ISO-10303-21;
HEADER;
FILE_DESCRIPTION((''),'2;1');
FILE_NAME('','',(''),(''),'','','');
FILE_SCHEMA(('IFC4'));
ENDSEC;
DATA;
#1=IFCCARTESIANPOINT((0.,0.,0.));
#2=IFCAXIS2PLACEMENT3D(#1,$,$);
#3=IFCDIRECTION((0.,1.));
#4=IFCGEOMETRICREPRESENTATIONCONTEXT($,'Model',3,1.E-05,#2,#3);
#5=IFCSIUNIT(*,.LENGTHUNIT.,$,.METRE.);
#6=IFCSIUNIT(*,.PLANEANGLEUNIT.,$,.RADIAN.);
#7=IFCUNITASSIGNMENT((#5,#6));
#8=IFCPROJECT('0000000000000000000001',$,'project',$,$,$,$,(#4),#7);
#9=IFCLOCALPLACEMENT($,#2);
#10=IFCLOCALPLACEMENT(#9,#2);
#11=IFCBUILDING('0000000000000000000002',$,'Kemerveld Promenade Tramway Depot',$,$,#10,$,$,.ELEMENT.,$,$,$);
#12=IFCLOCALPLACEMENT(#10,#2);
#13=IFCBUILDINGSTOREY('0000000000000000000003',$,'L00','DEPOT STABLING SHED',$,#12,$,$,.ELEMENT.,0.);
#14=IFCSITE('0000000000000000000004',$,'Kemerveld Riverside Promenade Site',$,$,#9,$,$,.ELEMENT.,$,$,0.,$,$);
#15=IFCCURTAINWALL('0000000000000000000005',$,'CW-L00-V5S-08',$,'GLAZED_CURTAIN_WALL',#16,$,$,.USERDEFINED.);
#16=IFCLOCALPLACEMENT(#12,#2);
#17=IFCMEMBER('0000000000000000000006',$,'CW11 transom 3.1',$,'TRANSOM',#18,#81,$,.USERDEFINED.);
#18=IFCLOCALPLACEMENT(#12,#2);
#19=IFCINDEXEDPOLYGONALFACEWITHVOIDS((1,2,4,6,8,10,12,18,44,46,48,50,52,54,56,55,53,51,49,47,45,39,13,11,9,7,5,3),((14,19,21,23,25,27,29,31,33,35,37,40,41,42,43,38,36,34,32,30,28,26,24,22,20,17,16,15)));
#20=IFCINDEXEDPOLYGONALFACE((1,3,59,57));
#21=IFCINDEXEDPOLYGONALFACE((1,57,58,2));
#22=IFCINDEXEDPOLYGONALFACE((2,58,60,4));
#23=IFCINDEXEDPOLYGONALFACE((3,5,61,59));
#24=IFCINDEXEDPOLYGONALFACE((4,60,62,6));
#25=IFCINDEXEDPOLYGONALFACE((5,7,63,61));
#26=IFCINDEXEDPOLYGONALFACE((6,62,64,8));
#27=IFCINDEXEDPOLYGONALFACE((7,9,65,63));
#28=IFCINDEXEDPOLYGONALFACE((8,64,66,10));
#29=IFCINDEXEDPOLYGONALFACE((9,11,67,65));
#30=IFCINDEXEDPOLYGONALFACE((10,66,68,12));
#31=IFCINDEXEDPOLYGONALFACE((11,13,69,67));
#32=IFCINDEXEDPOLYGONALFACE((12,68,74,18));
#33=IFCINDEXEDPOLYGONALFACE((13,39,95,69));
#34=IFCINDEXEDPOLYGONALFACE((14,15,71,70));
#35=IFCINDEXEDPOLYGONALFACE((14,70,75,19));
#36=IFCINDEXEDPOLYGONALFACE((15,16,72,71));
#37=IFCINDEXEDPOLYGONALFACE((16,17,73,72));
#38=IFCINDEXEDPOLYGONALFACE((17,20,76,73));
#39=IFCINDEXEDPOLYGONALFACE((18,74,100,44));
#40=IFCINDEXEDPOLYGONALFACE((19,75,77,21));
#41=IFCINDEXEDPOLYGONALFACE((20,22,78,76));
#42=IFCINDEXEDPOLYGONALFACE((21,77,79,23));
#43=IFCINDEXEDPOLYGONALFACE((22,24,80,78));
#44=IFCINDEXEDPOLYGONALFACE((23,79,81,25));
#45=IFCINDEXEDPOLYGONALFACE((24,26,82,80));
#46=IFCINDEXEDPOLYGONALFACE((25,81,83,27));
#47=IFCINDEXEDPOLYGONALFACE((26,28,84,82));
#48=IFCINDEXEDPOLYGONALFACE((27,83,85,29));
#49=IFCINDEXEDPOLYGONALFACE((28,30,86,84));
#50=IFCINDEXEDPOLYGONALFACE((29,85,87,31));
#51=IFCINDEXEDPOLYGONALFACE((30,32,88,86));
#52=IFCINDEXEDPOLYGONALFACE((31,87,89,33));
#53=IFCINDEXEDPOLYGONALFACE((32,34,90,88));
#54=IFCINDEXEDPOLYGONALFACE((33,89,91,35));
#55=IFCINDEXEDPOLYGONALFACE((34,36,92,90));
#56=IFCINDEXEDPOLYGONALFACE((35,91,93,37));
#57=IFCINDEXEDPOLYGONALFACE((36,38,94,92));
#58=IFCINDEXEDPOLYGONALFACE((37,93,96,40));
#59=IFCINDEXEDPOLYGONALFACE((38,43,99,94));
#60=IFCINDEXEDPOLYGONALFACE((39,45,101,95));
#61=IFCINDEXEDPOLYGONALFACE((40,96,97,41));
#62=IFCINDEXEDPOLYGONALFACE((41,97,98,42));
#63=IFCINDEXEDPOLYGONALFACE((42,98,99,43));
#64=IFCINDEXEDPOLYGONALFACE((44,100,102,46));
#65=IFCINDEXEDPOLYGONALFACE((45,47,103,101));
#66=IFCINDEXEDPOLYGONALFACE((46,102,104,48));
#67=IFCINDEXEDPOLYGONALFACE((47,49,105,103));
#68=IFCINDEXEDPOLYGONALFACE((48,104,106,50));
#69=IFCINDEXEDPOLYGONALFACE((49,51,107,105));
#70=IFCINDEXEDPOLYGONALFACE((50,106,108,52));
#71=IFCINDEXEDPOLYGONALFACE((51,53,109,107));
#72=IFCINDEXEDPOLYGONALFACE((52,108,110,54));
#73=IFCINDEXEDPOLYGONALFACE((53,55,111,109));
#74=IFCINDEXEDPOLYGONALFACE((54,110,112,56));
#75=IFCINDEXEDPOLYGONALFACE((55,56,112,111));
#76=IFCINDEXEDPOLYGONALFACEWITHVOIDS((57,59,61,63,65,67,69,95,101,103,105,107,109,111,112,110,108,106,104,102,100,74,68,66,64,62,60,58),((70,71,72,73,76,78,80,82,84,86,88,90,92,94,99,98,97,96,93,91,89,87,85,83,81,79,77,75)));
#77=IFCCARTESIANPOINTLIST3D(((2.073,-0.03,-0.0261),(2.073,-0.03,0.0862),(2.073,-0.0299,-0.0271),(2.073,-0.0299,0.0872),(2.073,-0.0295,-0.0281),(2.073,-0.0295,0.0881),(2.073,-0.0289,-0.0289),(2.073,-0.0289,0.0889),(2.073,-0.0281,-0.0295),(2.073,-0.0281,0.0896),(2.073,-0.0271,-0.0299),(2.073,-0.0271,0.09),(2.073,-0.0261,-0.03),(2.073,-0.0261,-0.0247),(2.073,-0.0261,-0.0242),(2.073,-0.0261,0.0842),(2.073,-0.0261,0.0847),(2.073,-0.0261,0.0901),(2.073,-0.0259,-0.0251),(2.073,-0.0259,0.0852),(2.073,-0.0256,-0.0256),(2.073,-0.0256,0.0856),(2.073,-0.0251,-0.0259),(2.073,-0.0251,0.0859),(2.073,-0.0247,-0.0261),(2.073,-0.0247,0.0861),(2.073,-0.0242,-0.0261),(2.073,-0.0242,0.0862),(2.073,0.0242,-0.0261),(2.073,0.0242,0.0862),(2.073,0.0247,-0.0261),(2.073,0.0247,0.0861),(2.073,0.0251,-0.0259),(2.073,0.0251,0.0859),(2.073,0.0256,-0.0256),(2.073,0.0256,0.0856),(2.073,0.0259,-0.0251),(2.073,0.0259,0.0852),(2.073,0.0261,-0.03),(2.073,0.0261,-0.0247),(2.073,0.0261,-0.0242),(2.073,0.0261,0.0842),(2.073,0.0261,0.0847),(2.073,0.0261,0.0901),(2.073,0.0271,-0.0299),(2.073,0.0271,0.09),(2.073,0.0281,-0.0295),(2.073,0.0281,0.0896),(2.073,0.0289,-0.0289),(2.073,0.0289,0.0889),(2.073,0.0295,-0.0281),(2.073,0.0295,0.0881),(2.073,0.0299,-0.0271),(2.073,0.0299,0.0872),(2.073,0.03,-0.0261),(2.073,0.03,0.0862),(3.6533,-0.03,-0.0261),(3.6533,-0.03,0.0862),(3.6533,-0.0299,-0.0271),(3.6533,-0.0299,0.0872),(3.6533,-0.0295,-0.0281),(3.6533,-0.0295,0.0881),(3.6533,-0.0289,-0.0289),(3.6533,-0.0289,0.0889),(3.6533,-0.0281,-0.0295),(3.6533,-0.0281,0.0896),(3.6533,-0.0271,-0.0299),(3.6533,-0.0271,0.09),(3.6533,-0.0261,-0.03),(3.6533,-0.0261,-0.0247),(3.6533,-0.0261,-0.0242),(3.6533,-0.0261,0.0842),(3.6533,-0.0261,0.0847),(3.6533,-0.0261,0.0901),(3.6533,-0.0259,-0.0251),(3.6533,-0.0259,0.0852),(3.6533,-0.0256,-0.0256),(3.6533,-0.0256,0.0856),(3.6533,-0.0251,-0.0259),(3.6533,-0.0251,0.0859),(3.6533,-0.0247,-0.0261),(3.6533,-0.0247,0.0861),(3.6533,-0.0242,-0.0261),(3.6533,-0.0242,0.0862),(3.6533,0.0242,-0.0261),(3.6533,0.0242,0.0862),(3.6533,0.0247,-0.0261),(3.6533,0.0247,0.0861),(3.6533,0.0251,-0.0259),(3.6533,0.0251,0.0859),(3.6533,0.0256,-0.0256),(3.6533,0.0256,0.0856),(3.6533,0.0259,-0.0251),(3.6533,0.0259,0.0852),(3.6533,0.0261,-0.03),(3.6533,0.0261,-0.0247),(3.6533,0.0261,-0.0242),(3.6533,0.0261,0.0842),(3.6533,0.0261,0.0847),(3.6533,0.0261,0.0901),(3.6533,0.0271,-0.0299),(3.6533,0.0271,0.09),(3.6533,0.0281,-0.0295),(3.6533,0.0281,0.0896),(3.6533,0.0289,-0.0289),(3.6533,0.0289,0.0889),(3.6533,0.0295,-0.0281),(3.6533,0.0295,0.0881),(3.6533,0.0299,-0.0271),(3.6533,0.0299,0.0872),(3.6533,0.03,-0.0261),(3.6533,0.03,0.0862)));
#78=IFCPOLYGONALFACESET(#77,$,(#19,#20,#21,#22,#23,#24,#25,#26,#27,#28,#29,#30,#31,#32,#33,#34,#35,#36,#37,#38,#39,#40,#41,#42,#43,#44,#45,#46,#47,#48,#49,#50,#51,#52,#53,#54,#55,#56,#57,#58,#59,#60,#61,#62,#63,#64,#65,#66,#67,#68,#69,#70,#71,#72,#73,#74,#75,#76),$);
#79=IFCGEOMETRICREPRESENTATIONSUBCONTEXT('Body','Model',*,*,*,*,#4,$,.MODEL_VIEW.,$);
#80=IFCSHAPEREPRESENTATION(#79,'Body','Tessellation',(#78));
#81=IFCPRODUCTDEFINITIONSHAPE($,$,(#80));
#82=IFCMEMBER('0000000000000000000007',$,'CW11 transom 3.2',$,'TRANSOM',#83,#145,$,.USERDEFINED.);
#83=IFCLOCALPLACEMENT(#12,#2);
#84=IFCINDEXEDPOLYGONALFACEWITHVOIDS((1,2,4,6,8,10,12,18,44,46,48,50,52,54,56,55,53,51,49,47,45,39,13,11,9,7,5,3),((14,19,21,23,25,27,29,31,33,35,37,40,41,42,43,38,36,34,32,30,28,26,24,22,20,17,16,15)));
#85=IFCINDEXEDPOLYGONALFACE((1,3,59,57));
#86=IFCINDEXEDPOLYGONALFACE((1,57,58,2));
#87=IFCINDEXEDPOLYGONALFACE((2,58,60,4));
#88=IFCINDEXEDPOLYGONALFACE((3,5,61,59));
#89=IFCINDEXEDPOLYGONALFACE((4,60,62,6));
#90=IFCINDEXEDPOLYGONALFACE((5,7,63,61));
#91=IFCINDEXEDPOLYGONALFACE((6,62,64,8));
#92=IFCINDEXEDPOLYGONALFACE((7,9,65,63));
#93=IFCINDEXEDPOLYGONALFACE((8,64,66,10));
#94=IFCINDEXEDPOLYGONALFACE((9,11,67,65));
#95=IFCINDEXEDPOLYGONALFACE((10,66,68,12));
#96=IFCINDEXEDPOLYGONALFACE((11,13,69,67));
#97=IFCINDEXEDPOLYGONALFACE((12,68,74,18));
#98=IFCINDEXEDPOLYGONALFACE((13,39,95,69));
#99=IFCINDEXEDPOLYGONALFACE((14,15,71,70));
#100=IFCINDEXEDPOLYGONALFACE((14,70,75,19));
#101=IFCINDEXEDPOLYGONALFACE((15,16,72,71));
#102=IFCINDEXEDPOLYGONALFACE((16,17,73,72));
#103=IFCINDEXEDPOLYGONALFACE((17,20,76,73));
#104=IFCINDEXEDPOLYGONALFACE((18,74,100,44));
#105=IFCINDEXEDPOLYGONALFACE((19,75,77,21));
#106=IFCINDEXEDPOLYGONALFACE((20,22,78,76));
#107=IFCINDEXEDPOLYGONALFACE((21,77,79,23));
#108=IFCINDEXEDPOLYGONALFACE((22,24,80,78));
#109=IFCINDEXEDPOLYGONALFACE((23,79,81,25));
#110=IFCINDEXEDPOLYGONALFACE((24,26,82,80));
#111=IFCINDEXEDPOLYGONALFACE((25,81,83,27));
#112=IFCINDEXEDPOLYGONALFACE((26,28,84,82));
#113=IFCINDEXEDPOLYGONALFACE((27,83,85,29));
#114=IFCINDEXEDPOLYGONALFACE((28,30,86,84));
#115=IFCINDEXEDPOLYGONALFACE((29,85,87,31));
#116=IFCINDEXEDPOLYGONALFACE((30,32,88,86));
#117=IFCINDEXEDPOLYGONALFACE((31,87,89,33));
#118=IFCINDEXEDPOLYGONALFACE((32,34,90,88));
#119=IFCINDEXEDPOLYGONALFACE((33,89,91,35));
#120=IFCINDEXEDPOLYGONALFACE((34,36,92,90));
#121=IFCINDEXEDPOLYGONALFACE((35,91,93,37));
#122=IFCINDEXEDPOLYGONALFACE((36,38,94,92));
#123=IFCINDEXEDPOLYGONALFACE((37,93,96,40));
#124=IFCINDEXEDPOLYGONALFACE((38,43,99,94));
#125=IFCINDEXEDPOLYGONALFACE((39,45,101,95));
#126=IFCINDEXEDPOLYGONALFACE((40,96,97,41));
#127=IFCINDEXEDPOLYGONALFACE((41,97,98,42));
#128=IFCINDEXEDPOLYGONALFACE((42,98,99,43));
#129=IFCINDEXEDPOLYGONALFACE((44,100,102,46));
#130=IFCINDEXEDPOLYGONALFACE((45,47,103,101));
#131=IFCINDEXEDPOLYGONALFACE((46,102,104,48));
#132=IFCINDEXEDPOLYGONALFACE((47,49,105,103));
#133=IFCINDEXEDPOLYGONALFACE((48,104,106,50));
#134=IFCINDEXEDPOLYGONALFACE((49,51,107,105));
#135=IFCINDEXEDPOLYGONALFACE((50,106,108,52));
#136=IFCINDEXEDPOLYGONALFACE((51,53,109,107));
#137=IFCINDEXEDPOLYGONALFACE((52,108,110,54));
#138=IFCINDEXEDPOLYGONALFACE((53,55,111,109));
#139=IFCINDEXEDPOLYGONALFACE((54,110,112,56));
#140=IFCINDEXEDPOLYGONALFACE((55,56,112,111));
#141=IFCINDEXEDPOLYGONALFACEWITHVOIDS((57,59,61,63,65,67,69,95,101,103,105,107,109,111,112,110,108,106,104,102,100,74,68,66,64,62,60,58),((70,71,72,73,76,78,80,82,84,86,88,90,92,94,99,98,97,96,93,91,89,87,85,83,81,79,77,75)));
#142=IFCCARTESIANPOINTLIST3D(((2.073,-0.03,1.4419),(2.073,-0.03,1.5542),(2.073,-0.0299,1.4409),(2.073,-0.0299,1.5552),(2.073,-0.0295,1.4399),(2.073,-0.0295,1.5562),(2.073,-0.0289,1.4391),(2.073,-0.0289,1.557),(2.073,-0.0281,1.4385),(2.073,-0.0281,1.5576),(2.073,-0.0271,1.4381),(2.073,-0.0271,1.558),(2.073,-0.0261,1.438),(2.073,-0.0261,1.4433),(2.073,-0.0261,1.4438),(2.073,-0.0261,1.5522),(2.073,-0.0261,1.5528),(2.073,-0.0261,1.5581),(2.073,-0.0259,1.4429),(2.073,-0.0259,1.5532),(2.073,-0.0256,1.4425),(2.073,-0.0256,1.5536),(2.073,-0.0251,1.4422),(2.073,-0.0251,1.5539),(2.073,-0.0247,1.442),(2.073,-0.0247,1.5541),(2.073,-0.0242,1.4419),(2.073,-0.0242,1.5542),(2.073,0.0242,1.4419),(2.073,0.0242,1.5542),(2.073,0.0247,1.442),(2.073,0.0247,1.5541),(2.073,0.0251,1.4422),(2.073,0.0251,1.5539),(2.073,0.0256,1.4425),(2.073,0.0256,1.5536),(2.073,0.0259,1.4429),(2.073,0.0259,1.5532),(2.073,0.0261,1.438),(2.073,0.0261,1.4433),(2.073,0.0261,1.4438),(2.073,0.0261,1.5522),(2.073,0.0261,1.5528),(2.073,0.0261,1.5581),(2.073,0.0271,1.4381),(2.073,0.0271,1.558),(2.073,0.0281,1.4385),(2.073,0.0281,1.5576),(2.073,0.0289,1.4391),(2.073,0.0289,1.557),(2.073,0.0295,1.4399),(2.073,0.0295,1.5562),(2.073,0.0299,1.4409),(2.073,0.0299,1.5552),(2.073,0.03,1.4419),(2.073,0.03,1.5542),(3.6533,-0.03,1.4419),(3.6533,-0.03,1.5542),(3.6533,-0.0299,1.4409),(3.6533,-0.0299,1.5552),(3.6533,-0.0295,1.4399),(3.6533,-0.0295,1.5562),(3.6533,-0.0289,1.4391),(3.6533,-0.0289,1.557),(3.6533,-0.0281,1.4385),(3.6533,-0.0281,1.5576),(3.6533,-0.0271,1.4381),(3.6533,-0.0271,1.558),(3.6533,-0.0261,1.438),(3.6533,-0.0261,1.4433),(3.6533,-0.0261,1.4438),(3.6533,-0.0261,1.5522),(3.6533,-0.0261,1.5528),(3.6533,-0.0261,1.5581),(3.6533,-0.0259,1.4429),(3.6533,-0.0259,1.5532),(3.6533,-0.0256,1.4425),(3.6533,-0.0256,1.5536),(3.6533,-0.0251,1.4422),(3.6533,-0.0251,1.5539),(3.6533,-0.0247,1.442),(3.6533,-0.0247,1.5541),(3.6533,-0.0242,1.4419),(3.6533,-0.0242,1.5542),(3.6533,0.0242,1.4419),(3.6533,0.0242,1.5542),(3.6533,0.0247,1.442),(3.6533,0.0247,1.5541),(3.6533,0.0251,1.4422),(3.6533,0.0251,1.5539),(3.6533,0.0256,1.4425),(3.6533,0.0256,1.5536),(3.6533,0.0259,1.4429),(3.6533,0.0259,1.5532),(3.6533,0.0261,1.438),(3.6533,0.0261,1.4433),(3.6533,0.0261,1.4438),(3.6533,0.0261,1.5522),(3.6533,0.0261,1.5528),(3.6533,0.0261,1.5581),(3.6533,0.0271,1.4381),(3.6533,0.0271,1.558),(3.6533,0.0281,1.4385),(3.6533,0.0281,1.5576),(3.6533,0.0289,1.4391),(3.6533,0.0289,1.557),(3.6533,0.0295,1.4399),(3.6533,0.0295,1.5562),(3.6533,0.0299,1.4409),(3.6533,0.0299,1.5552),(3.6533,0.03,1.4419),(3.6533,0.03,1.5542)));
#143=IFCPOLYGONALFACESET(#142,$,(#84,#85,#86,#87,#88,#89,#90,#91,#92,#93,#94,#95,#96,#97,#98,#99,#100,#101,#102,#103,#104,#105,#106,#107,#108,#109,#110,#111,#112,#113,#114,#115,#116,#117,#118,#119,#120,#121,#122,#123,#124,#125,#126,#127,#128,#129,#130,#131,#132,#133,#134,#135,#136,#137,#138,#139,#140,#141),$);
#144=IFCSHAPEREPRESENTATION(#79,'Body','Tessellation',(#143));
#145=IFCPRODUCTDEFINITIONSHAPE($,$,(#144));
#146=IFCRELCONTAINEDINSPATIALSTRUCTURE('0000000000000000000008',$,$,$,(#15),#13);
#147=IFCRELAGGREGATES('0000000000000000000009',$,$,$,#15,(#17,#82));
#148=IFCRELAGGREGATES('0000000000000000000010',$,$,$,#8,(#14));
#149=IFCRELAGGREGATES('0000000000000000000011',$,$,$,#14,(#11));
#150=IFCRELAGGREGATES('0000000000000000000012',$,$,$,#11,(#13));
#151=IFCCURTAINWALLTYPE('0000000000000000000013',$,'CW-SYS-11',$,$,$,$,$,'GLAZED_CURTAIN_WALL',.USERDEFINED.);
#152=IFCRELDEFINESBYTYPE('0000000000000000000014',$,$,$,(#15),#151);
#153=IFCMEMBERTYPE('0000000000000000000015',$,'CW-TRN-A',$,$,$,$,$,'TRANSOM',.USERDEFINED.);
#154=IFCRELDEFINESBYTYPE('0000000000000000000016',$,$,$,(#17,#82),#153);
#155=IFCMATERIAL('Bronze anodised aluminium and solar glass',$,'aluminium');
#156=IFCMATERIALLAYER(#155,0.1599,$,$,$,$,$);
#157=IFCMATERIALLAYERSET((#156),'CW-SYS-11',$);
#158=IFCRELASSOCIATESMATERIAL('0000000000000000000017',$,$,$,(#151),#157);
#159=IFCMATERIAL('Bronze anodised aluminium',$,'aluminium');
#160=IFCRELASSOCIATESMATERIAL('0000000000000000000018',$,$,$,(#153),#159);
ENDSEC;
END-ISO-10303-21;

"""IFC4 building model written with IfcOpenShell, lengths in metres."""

from ifc_helpers import new_model, si_unit, direction, frame, origin, origin_2d, place, context, subcontext, project, spatial, hollow_rectangle, extrude, material, layer, layer_set, material_profile, profile_set, type_object, element, aggregate, save


model = new_model("IFC4")

# Units and contexts
model_context = context("Model", 3, precision=1e-05, world=origin(), true_north=direction((0.0, 1.0)))
body_context = subcontext(model_context, "Body", "Model", "MODEL_VIEW")
ifc_project = project(units=[si_unit("LENGTHUNIT", "METRE"), si_unit("PLANEANGLEUNIT", "RADIAN")], contexts=[model_context])

# Site, building, storey
site_placement = place(None, origin())
site = spatial("IfcSite", under=ifc_project, at=site_placement, Name="Kemerveld Riverside Promenade Site", CompositionType="ELEMENT", RefElevation=0.0)
building_placement = place(site_placement, origin())
building = spatial("IfcBuilding", under=site, at=building_placement, Name="Kemerveld Promenade Tramway Depot", CompositionType="ELEMENT")
storey_placement = place(building_placement, origin())
storey = spatial("IfcBuildingStorey", under=building, at=storey_placement, Name="L00", Description="DEPOT STABLING SHED", CompositionType="ELEMENT", Elevation=0.0)

# Curtain wall, members
ifc_material_1 = material(Name="Bronze anodised aluminium and solar glass", Category="aluminium")
ifc_layer_1 = layer(ifc_material_1, 0.1599)
ifc_layer_set_1 = layer_set([ifc_layer_1], Name="CW-SYS-11")
curtain_wall_type = type_object("IfcCurtainWallType", Name="CW-SYS-11", ElementType="GLAZED_CURTAIN_WALL", PredefinedType="USERDEFINED", material=ifc_layer_set_1)
curtain_wall_placement = place(storey_placement, origin())
curtain_wall = element("IfcCurtainWall", 1, at=curtain_wall_placement, inside=storey, type_object=curtain_wall_type, Name="CW-L00-V5S-08", ObjectType="GLAZED_CURTAIN_WALL", PredefinedType="USERDEFINED")
ifc_material_2 = material(Name="Bronze anodised aluminium", Category="aluminium")
ifc_material_profile_1 = material_profile(ifc_material_2, hollow_rectangle(XDim=0.0601, YDim=0.1201, WallThickness=0.0039, InnerFilletRadius=0.002, OuterFilletRadius=0.0039, at=origin_2d()), Name="CW-TRN-120x60")
ifc_profile_set_1 = profile_set([ifc_material_profile_1], Name="Bronze anodised aluminium")
member_type_1 = type_object("IfcMemberType", Name="CW-TRN-A", ElementType="TRANSOM", PredefinedType="USERDEFINED", material=ifc_profile_set_1)
member_1_placement = place(storey_placement, frame((3.6533, 0.0, 0.03), z_axis=(-1.0, 0.0, 0.0), x_axis=(0.0, -1.0, 0.0)))
member_1 = element("IfcMember", 2, at=member_1_placement, type_object=member_type_1, Name="CW11 transom 3.1", ObjectType="TRANSOM", PredefinedType="USERDEFINED", context=body_context, shape_type="SweptSolid", body=[
    extrude(hollow_rectangle(XDim=0.0601, YDim=0.1201, WallThickness=0.0039, InnerFilletRadius=0.002, OuterFilletRadius=0.0039, at=origin_2d()), origin(), (0.0, 0.0, 1.0), 1.5803),
])
member_2_placement = place(storey_placement, frame((3.6533, 0.0, 1.498), z_axis=(-1.0, 0.0, 0.0), x_axis=(0.0, -1.0, 0.0)))
member_2 = element("IfcMember", 3, at=member_2_placement, type_object=member_type_1, Name="CW11 transom 3.2", ObjectType="TRANSOM", PredefinedType="USERDEFINED", context=body_context, shape_type="SweptSolid", body=[
    extrude(hollow_rectangle(XDim=0.0601, YDim=0.1201, WallThickness=0.0039, InnerFilletRadius=0.002, OuterFilletRadius=0.0039, at=origin_2d()), origin(), (0.0, 0.0, 1.0), 1.5803),
])
aggregate(curtain_wall, [member_1, member_2])

save(model, "model.ifc")
